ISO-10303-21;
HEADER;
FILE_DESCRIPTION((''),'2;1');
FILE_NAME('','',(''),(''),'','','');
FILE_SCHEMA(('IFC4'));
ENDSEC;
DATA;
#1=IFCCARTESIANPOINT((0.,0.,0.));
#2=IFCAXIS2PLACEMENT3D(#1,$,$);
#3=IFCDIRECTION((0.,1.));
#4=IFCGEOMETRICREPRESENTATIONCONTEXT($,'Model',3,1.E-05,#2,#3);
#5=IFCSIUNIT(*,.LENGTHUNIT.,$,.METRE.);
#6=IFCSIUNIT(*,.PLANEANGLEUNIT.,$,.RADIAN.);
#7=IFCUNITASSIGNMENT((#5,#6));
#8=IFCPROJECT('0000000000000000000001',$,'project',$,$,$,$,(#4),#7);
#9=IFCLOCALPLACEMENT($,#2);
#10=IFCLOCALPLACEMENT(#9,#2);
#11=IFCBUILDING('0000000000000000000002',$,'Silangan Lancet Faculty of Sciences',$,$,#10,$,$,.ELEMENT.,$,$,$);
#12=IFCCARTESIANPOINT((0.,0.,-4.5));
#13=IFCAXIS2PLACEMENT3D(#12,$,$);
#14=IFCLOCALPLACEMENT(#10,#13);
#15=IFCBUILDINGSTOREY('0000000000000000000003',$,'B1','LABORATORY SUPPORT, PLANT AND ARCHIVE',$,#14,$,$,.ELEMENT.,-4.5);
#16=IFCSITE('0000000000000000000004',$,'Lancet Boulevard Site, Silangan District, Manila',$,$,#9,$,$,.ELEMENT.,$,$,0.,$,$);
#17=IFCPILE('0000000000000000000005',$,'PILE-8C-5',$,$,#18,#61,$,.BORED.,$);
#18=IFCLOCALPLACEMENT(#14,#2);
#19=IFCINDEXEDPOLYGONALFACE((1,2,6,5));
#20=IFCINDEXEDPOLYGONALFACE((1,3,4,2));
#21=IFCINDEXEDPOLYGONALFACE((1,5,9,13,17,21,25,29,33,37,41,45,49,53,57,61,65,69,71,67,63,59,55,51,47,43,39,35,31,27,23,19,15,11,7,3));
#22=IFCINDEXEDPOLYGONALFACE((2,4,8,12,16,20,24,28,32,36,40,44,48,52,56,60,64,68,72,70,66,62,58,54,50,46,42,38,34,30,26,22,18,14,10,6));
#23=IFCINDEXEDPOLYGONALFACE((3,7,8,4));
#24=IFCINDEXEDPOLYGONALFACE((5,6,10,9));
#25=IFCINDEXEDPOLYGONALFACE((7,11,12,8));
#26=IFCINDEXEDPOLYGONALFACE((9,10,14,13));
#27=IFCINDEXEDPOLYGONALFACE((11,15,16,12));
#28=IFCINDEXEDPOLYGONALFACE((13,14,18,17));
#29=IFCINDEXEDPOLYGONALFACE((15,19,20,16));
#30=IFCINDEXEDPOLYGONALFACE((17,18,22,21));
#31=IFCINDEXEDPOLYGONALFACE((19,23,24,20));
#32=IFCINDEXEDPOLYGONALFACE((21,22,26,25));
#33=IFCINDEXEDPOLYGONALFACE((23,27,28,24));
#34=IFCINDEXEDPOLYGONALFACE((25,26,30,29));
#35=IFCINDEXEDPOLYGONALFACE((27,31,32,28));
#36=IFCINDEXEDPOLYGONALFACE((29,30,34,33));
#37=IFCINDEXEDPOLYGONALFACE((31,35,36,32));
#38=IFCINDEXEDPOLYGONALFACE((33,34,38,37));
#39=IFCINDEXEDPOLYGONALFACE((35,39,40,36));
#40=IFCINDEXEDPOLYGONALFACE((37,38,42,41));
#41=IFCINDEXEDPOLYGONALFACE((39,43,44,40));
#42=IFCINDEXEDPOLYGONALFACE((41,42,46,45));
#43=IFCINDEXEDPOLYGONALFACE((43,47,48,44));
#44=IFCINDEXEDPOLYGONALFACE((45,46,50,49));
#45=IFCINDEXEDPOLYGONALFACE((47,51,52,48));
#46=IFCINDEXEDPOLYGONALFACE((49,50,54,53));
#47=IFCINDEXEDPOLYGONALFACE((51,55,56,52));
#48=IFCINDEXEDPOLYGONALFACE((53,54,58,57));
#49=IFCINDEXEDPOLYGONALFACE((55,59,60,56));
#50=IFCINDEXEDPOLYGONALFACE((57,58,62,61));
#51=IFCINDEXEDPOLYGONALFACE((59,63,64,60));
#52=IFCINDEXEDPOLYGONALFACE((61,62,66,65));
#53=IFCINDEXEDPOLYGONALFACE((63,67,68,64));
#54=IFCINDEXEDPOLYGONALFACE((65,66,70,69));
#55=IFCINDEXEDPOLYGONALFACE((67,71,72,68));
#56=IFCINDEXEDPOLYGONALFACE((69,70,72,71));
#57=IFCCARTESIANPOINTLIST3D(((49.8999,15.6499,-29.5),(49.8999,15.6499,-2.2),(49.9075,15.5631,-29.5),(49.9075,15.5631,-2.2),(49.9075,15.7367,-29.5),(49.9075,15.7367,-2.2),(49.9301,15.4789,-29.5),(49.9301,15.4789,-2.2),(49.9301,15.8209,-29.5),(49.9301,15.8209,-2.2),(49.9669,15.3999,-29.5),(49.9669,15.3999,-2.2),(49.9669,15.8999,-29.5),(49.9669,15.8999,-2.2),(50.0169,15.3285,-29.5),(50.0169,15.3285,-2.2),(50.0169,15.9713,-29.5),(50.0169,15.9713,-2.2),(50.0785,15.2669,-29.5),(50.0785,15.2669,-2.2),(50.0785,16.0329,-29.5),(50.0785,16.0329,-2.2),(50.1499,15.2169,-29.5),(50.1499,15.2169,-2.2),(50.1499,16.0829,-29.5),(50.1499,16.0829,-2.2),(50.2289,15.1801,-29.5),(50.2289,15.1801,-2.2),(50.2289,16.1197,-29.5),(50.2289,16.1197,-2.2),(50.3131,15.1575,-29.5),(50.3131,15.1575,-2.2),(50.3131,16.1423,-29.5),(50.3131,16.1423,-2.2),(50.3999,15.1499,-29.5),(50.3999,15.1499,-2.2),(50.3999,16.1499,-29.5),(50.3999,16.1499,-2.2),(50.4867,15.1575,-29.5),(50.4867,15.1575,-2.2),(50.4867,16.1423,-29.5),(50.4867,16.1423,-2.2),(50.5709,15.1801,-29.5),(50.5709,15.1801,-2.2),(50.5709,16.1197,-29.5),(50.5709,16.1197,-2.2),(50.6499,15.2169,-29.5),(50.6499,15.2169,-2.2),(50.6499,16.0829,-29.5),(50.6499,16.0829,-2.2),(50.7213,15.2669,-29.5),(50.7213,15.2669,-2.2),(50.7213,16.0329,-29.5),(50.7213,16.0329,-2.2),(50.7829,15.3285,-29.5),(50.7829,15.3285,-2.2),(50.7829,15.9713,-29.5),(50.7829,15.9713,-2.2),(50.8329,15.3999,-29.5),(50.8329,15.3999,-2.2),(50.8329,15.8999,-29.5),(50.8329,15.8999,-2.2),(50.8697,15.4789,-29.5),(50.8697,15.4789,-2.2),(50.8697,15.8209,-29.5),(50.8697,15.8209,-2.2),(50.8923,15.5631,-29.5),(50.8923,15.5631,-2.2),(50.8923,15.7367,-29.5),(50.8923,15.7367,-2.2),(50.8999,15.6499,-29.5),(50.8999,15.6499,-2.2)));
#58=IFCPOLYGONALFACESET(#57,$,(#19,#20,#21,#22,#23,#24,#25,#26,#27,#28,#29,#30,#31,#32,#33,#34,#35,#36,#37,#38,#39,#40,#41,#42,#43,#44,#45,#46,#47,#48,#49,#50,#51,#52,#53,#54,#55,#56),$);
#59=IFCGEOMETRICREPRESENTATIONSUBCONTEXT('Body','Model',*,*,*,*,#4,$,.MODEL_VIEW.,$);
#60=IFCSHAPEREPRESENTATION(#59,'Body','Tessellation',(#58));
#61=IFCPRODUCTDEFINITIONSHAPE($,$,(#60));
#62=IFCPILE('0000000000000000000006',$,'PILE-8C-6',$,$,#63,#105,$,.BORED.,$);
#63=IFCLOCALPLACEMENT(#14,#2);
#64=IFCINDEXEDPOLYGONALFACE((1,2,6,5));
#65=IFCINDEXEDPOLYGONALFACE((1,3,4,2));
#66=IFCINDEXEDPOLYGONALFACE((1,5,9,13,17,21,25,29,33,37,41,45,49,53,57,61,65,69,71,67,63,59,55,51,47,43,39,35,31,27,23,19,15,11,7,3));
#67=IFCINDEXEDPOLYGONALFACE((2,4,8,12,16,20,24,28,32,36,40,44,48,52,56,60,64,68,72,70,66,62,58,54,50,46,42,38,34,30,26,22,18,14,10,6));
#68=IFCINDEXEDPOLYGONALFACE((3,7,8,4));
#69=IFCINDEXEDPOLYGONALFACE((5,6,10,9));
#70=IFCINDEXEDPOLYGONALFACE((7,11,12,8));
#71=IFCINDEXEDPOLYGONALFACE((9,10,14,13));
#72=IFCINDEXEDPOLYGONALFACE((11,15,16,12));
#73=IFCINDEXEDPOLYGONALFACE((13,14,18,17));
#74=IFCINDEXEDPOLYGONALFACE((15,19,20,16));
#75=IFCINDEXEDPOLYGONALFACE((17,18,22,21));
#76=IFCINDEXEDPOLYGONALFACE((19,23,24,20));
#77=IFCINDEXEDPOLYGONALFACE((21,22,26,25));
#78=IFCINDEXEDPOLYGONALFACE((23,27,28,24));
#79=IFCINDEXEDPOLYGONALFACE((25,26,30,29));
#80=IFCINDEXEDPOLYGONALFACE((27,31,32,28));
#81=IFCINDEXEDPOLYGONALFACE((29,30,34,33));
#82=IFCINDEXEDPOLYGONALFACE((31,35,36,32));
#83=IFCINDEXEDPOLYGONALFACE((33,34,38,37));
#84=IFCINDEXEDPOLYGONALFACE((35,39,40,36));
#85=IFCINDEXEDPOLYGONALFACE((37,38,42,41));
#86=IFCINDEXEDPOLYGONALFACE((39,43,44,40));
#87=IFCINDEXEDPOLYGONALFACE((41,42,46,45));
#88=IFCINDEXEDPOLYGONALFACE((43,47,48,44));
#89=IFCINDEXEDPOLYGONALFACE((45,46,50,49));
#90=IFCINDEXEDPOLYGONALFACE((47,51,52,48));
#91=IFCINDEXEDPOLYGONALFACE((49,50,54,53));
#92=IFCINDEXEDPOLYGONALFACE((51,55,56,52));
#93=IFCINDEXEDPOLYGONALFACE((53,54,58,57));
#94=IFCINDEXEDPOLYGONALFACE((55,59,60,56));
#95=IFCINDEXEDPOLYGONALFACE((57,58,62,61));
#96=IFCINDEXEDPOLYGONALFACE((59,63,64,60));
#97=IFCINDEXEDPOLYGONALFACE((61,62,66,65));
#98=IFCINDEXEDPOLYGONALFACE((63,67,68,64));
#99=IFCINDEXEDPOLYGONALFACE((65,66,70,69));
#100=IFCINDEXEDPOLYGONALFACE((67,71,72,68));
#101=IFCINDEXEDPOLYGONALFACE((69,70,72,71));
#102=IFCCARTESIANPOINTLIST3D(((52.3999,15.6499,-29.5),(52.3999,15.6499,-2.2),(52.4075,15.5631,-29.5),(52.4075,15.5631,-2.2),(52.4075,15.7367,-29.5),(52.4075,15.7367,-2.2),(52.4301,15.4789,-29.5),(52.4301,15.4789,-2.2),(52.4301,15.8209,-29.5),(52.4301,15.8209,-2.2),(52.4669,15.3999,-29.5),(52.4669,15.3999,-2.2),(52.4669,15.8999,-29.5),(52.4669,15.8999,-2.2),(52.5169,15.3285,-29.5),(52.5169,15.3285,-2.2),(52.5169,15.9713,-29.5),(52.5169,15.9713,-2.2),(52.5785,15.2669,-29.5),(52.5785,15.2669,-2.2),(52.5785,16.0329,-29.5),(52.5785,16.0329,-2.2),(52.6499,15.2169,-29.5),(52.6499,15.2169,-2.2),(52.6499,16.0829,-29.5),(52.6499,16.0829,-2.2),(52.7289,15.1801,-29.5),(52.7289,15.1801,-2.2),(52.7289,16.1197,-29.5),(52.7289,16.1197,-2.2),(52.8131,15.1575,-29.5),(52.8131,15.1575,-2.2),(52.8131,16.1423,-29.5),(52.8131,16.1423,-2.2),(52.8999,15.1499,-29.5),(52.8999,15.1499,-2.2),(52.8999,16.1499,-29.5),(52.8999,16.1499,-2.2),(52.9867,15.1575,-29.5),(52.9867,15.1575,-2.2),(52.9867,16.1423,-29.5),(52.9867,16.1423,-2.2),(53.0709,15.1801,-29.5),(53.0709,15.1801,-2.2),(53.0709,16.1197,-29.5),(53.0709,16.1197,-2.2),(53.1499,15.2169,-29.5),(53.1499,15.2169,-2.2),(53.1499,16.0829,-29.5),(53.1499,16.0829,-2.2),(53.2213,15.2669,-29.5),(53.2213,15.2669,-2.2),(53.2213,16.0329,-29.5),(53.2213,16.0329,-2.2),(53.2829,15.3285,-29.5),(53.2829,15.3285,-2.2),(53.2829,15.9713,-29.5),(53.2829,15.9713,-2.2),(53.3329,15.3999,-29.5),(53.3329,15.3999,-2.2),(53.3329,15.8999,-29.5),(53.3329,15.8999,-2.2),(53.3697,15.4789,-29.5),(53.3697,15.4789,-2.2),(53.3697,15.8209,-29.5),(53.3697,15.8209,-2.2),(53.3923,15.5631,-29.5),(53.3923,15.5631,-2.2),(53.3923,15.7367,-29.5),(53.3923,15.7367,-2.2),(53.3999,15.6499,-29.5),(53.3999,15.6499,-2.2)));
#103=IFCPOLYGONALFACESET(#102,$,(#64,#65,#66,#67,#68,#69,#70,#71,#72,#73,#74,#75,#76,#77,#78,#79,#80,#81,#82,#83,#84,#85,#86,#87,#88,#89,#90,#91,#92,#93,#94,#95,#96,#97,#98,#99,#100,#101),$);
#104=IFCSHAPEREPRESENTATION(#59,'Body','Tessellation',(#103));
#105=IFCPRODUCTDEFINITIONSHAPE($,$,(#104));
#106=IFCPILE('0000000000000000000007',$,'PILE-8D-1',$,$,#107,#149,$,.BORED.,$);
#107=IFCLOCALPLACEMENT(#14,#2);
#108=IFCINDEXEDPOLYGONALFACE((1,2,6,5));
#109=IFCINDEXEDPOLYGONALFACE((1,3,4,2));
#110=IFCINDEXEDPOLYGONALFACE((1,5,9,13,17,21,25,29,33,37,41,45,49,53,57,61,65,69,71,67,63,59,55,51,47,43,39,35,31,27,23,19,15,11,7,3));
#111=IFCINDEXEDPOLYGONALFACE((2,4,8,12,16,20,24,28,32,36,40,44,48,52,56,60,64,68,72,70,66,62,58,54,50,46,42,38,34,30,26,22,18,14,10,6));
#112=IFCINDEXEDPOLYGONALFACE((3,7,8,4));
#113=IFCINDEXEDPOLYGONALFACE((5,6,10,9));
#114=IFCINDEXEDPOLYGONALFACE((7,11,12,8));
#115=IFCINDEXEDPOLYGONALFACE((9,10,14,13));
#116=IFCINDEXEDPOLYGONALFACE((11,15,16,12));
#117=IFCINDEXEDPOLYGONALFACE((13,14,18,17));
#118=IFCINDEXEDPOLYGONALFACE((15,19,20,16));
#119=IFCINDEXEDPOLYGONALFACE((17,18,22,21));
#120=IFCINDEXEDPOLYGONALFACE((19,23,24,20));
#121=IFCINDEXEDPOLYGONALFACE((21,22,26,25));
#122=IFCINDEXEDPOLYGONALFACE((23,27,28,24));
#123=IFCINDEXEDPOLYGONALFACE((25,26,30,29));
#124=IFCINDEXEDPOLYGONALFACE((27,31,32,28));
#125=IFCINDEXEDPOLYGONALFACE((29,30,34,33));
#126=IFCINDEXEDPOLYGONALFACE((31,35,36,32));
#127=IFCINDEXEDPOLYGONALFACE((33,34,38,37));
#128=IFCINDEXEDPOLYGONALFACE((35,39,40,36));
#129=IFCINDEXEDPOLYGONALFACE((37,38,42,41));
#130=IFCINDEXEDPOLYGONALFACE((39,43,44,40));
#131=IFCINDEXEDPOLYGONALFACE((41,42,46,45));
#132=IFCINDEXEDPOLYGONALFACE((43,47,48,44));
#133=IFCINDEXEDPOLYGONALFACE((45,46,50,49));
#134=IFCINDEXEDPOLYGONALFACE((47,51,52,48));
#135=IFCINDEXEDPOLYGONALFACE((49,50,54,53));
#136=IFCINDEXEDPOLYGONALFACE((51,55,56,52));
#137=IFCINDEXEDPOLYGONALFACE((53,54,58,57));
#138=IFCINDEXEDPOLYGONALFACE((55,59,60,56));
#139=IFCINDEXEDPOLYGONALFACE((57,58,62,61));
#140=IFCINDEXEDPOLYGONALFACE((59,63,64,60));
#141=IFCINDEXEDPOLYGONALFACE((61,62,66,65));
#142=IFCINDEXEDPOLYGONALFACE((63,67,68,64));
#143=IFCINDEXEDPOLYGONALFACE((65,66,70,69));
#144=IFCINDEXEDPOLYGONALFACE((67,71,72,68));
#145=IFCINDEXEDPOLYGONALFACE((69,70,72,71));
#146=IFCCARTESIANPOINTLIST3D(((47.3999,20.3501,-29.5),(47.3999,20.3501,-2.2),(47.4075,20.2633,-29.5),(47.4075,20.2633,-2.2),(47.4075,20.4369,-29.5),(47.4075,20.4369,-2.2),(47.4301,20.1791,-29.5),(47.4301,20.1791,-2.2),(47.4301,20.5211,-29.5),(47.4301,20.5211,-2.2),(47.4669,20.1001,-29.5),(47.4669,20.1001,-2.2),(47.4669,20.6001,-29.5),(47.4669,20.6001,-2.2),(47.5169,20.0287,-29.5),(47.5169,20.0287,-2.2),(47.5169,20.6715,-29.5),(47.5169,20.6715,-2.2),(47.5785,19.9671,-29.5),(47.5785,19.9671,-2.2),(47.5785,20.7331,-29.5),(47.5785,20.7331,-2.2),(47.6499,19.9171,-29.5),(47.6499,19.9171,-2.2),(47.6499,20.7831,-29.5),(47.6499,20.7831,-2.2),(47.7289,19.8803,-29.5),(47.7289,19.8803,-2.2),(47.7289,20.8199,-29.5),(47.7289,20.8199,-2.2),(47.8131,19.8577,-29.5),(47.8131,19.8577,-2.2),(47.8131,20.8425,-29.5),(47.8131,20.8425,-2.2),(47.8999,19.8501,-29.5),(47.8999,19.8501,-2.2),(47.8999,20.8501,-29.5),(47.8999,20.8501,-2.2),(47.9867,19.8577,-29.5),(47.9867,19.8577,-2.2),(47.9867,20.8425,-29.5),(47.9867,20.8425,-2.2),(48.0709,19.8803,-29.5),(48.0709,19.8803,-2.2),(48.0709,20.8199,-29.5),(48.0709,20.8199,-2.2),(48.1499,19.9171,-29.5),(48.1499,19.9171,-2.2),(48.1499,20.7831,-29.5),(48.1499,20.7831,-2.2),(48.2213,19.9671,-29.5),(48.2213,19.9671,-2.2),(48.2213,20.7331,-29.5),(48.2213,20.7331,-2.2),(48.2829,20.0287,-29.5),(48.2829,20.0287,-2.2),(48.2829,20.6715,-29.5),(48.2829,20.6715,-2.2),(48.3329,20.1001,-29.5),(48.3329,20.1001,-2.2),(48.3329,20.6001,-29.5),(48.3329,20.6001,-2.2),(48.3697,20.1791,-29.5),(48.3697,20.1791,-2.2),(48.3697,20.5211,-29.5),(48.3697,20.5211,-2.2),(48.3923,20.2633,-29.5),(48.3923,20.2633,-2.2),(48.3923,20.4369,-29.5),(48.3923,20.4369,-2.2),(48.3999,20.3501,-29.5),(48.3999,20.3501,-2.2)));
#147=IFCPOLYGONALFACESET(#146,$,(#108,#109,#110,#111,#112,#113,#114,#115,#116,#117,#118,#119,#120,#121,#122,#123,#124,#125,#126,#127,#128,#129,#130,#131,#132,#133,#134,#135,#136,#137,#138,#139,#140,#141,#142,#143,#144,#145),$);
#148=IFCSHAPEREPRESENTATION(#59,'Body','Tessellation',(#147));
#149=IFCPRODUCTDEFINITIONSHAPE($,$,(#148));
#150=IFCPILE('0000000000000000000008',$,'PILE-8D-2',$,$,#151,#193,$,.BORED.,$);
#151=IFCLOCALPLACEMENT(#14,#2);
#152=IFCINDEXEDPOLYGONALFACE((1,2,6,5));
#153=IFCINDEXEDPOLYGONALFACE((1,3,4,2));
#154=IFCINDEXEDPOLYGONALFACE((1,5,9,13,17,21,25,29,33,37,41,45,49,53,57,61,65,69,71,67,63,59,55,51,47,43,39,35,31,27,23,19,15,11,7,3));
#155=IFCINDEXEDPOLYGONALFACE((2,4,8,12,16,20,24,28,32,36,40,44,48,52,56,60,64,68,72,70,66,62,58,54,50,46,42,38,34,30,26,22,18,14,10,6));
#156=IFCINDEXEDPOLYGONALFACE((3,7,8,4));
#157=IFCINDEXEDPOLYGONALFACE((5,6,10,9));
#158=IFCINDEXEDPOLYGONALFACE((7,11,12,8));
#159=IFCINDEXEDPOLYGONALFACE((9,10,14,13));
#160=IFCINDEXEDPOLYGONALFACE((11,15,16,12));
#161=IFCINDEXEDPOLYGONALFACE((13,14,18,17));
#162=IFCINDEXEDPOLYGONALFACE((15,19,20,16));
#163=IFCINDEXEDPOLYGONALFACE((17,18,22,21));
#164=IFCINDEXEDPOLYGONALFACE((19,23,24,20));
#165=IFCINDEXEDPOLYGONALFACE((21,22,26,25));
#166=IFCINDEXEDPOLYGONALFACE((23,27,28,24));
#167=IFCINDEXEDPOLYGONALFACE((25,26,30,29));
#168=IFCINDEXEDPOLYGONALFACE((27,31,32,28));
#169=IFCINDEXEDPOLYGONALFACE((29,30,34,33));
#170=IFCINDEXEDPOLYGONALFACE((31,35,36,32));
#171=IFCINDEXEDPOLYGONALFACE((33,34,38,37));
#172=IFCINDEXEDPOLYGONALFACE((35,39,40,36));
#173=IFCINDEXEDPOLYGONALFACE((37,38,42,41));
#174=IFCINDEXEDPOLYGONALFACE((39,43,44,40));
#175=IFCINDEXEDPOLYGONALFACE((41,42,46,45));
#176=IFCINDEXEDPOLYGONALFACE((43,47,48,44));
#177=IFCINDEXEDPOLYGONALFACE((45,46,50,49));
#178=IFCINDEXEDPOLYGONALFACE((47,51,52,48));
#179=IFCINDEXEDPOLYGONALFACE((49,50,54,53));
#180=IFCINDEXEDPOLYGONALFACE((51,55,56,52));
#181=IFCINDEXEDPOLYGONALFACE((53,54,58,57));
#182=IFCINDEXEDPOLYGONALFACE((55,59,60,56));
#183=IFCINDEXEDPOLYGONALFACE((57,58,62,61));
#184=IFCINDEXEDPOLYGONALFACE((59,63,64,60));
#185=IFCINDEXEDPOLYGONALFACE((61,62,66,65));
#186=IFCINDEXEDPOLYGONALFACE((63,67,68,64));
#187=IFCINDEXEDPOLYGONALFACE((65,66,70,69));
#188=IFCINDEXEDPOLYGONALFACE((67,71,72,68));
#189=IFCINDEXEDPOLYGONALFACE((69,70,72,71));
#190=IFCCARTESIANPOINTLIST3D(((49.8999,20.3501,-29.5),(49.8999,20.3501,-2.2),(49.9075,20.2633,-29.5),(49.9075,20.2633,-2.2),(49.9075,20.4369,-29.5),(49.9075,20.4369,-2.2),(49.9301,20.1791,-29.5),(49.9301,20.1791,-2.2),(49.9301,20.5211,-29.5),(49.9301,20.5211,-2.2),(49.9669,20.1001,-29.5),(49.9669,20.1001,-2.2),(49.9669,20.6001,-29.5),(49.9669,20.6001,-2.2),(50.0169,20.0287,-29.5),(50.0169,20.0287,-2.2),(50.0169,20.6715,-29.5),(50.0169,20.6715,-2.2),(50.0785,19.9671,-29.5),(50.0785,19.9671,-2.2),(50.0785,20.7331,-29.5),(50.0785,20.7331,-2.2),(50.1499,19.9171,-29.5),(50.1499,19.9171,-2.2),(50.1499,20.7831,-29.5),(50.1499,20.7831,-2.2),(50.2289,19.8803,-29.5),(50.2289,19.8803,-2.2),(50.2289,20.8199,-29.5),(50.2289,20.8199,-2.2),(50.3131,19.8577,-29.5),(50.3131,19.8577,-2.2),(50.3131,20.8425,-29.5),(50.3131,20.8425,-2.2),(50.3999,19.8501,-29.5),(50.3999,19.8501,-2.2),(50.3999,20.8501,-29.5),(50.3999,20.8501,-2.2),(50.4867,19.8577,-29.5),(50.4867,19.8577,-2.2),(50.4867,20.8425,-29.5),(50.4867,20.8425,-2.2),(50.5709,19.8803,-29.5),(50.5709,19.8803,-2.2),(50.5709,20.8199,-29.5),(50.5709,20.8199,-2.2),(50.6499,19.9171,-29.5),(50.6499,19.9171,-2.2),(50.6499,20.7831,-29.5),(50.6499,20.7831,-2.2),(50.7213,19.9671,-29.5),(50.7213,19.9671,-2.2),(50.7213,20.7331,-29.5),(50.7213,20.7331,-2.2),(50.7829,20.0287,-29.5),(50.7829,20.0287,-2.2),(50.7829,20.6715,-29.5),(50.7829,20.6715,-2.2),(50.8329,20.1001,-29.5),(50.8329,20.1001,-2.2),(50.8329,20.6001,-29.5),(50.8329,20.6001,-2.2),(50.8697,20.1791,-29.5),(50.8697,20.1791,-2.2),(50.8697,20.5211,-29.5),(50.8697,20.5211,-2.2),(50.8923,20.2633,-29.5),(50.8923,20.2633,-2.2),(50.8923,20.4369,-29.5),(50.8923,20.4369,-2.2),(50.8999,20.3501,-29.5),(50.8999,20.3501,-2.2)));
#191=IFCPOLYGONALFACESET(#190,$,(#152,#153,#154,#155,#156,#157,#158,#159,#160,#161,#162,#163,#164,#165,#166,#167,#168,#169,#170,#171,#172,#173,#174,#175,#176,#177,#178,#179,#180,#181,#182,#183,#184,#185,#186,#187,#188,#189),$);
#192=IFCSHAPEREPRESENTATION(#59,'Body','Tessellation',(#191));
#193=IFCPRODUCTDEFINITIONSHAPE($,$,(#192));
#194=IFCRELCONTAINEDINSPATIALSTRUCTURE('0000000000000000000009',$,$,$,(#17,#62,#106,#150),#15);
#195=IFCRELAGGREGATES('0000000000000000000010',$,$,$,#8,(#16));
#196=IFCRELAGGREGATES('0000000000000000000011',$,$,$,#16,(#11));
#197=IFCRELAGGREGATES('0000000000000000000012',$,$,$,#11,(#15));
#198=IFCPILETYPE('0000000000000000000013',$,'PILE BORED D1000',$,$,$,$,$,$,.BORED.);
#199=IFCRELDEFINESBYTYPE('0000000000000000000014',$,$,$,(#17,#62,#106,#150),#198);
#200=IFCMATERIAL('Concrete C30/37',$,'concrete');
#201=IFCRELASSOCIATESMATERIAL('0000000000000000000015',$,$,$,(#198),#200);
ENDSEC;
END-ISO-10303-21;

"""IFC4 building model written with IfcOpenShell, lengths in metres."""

from ifc_helpers import new_model, si_unit, direction, frame, origin, origin_2d, place, context, subcontext, project, spatial, circle, extrude, material, material_profile, profile_set, type_object, element, save


model = new_model("IFC4")

# Units and contexts
model_context = context("Model", 3, precision=1e-05, world=origin(), true_north=direction((0.0, 1.0)))
body_context = subcontext(model_context, "Body", "Model", "MODEL_VIEW")
ifc_project = project(units=[si_unit("LENGTHUNIT", "METRE"), si_unit("PLANEANGLEUNIT", "RADIAN")], contexts=[model_context])

# Site, building, storey
site_placement = place(None, origin())
site = spatial("IfcSite", under=ifc_project, at=site_placement, Name="Lancet Boulevard Site, Silangan District, Manila", CompositionType="ELEMENT", RefElevation=0.0)
building_placement = place(site_placement, origin())
building = spatial("IfcBuilding", under=site, at=building_placement, Name="Silangan Lancet Faculty of Sciences", CompositionType="ELEMENT")
storey_placement = place(building_placement, frame((0.0, 0.0, -4.5)))
storey = spatial("IfcBuildingStorey", under=building, at=storey_placement, Name="B1", Description="LABORATORY SUPPORT, PLANT AND ARCHIVE", CompositionType="ELEMENT", Elevation=-4.5)

# Piles
ifc_material_1 = material(Name="Concrete C30/37", Category="concrete")
ifc_material_profile_1 = material_profile(ifc_material_1, circle(Radius=0.5, at=origin_2d()), Name="BORED PILE D1000")
ifc_profile_set_1 = profile_set([ifc_material_profile_1], Name="Concrete C30/37")
pile_type = type_object("IfcPileType", Name="PILE BORED D1000", PredefinedType="BORED", material=ifc_profile_set_1)
for number, where, z_axis, x_axis, name in (
    (1, (50.3999, 15.6499, -2.2), (0.0, 0.0, -1.0), (1.0, 0.0, 0.0), "PILE-8C-5"),
    (2, (52.8999, 15.6499, -2.2), (0.0, 0.0, -1.0), (1.0, 0.0, 0.0), "PILE-8C-6"),
    (3, (47.8999, 20.3501, -2.2), (0.0, 0.0, -1.0), (1.0, 0.0, 0.0), "PILE-8D-1"),
    (4, (50.3999, 20.3501, -2.2), (0.0, 0.0, -1.0), (1.0, 0.0, 0.0), "PILE-8D-2"),
):
    element("IfcPile", number, at=place(storey_placement, frame(where, z_axis=z_axis, x_axis=x_axis)), inside=storey, type_object=pile_type, Name=name, PredefinedType="BORED", context=body_context, shape_type="SweptSolid", body=[
        extrude(circle(Radius=0.5, at=origin_2d()), origin(), (0.0, 0.0, 1.0), 27.3),
    ])

save(model, "model.ifc")
